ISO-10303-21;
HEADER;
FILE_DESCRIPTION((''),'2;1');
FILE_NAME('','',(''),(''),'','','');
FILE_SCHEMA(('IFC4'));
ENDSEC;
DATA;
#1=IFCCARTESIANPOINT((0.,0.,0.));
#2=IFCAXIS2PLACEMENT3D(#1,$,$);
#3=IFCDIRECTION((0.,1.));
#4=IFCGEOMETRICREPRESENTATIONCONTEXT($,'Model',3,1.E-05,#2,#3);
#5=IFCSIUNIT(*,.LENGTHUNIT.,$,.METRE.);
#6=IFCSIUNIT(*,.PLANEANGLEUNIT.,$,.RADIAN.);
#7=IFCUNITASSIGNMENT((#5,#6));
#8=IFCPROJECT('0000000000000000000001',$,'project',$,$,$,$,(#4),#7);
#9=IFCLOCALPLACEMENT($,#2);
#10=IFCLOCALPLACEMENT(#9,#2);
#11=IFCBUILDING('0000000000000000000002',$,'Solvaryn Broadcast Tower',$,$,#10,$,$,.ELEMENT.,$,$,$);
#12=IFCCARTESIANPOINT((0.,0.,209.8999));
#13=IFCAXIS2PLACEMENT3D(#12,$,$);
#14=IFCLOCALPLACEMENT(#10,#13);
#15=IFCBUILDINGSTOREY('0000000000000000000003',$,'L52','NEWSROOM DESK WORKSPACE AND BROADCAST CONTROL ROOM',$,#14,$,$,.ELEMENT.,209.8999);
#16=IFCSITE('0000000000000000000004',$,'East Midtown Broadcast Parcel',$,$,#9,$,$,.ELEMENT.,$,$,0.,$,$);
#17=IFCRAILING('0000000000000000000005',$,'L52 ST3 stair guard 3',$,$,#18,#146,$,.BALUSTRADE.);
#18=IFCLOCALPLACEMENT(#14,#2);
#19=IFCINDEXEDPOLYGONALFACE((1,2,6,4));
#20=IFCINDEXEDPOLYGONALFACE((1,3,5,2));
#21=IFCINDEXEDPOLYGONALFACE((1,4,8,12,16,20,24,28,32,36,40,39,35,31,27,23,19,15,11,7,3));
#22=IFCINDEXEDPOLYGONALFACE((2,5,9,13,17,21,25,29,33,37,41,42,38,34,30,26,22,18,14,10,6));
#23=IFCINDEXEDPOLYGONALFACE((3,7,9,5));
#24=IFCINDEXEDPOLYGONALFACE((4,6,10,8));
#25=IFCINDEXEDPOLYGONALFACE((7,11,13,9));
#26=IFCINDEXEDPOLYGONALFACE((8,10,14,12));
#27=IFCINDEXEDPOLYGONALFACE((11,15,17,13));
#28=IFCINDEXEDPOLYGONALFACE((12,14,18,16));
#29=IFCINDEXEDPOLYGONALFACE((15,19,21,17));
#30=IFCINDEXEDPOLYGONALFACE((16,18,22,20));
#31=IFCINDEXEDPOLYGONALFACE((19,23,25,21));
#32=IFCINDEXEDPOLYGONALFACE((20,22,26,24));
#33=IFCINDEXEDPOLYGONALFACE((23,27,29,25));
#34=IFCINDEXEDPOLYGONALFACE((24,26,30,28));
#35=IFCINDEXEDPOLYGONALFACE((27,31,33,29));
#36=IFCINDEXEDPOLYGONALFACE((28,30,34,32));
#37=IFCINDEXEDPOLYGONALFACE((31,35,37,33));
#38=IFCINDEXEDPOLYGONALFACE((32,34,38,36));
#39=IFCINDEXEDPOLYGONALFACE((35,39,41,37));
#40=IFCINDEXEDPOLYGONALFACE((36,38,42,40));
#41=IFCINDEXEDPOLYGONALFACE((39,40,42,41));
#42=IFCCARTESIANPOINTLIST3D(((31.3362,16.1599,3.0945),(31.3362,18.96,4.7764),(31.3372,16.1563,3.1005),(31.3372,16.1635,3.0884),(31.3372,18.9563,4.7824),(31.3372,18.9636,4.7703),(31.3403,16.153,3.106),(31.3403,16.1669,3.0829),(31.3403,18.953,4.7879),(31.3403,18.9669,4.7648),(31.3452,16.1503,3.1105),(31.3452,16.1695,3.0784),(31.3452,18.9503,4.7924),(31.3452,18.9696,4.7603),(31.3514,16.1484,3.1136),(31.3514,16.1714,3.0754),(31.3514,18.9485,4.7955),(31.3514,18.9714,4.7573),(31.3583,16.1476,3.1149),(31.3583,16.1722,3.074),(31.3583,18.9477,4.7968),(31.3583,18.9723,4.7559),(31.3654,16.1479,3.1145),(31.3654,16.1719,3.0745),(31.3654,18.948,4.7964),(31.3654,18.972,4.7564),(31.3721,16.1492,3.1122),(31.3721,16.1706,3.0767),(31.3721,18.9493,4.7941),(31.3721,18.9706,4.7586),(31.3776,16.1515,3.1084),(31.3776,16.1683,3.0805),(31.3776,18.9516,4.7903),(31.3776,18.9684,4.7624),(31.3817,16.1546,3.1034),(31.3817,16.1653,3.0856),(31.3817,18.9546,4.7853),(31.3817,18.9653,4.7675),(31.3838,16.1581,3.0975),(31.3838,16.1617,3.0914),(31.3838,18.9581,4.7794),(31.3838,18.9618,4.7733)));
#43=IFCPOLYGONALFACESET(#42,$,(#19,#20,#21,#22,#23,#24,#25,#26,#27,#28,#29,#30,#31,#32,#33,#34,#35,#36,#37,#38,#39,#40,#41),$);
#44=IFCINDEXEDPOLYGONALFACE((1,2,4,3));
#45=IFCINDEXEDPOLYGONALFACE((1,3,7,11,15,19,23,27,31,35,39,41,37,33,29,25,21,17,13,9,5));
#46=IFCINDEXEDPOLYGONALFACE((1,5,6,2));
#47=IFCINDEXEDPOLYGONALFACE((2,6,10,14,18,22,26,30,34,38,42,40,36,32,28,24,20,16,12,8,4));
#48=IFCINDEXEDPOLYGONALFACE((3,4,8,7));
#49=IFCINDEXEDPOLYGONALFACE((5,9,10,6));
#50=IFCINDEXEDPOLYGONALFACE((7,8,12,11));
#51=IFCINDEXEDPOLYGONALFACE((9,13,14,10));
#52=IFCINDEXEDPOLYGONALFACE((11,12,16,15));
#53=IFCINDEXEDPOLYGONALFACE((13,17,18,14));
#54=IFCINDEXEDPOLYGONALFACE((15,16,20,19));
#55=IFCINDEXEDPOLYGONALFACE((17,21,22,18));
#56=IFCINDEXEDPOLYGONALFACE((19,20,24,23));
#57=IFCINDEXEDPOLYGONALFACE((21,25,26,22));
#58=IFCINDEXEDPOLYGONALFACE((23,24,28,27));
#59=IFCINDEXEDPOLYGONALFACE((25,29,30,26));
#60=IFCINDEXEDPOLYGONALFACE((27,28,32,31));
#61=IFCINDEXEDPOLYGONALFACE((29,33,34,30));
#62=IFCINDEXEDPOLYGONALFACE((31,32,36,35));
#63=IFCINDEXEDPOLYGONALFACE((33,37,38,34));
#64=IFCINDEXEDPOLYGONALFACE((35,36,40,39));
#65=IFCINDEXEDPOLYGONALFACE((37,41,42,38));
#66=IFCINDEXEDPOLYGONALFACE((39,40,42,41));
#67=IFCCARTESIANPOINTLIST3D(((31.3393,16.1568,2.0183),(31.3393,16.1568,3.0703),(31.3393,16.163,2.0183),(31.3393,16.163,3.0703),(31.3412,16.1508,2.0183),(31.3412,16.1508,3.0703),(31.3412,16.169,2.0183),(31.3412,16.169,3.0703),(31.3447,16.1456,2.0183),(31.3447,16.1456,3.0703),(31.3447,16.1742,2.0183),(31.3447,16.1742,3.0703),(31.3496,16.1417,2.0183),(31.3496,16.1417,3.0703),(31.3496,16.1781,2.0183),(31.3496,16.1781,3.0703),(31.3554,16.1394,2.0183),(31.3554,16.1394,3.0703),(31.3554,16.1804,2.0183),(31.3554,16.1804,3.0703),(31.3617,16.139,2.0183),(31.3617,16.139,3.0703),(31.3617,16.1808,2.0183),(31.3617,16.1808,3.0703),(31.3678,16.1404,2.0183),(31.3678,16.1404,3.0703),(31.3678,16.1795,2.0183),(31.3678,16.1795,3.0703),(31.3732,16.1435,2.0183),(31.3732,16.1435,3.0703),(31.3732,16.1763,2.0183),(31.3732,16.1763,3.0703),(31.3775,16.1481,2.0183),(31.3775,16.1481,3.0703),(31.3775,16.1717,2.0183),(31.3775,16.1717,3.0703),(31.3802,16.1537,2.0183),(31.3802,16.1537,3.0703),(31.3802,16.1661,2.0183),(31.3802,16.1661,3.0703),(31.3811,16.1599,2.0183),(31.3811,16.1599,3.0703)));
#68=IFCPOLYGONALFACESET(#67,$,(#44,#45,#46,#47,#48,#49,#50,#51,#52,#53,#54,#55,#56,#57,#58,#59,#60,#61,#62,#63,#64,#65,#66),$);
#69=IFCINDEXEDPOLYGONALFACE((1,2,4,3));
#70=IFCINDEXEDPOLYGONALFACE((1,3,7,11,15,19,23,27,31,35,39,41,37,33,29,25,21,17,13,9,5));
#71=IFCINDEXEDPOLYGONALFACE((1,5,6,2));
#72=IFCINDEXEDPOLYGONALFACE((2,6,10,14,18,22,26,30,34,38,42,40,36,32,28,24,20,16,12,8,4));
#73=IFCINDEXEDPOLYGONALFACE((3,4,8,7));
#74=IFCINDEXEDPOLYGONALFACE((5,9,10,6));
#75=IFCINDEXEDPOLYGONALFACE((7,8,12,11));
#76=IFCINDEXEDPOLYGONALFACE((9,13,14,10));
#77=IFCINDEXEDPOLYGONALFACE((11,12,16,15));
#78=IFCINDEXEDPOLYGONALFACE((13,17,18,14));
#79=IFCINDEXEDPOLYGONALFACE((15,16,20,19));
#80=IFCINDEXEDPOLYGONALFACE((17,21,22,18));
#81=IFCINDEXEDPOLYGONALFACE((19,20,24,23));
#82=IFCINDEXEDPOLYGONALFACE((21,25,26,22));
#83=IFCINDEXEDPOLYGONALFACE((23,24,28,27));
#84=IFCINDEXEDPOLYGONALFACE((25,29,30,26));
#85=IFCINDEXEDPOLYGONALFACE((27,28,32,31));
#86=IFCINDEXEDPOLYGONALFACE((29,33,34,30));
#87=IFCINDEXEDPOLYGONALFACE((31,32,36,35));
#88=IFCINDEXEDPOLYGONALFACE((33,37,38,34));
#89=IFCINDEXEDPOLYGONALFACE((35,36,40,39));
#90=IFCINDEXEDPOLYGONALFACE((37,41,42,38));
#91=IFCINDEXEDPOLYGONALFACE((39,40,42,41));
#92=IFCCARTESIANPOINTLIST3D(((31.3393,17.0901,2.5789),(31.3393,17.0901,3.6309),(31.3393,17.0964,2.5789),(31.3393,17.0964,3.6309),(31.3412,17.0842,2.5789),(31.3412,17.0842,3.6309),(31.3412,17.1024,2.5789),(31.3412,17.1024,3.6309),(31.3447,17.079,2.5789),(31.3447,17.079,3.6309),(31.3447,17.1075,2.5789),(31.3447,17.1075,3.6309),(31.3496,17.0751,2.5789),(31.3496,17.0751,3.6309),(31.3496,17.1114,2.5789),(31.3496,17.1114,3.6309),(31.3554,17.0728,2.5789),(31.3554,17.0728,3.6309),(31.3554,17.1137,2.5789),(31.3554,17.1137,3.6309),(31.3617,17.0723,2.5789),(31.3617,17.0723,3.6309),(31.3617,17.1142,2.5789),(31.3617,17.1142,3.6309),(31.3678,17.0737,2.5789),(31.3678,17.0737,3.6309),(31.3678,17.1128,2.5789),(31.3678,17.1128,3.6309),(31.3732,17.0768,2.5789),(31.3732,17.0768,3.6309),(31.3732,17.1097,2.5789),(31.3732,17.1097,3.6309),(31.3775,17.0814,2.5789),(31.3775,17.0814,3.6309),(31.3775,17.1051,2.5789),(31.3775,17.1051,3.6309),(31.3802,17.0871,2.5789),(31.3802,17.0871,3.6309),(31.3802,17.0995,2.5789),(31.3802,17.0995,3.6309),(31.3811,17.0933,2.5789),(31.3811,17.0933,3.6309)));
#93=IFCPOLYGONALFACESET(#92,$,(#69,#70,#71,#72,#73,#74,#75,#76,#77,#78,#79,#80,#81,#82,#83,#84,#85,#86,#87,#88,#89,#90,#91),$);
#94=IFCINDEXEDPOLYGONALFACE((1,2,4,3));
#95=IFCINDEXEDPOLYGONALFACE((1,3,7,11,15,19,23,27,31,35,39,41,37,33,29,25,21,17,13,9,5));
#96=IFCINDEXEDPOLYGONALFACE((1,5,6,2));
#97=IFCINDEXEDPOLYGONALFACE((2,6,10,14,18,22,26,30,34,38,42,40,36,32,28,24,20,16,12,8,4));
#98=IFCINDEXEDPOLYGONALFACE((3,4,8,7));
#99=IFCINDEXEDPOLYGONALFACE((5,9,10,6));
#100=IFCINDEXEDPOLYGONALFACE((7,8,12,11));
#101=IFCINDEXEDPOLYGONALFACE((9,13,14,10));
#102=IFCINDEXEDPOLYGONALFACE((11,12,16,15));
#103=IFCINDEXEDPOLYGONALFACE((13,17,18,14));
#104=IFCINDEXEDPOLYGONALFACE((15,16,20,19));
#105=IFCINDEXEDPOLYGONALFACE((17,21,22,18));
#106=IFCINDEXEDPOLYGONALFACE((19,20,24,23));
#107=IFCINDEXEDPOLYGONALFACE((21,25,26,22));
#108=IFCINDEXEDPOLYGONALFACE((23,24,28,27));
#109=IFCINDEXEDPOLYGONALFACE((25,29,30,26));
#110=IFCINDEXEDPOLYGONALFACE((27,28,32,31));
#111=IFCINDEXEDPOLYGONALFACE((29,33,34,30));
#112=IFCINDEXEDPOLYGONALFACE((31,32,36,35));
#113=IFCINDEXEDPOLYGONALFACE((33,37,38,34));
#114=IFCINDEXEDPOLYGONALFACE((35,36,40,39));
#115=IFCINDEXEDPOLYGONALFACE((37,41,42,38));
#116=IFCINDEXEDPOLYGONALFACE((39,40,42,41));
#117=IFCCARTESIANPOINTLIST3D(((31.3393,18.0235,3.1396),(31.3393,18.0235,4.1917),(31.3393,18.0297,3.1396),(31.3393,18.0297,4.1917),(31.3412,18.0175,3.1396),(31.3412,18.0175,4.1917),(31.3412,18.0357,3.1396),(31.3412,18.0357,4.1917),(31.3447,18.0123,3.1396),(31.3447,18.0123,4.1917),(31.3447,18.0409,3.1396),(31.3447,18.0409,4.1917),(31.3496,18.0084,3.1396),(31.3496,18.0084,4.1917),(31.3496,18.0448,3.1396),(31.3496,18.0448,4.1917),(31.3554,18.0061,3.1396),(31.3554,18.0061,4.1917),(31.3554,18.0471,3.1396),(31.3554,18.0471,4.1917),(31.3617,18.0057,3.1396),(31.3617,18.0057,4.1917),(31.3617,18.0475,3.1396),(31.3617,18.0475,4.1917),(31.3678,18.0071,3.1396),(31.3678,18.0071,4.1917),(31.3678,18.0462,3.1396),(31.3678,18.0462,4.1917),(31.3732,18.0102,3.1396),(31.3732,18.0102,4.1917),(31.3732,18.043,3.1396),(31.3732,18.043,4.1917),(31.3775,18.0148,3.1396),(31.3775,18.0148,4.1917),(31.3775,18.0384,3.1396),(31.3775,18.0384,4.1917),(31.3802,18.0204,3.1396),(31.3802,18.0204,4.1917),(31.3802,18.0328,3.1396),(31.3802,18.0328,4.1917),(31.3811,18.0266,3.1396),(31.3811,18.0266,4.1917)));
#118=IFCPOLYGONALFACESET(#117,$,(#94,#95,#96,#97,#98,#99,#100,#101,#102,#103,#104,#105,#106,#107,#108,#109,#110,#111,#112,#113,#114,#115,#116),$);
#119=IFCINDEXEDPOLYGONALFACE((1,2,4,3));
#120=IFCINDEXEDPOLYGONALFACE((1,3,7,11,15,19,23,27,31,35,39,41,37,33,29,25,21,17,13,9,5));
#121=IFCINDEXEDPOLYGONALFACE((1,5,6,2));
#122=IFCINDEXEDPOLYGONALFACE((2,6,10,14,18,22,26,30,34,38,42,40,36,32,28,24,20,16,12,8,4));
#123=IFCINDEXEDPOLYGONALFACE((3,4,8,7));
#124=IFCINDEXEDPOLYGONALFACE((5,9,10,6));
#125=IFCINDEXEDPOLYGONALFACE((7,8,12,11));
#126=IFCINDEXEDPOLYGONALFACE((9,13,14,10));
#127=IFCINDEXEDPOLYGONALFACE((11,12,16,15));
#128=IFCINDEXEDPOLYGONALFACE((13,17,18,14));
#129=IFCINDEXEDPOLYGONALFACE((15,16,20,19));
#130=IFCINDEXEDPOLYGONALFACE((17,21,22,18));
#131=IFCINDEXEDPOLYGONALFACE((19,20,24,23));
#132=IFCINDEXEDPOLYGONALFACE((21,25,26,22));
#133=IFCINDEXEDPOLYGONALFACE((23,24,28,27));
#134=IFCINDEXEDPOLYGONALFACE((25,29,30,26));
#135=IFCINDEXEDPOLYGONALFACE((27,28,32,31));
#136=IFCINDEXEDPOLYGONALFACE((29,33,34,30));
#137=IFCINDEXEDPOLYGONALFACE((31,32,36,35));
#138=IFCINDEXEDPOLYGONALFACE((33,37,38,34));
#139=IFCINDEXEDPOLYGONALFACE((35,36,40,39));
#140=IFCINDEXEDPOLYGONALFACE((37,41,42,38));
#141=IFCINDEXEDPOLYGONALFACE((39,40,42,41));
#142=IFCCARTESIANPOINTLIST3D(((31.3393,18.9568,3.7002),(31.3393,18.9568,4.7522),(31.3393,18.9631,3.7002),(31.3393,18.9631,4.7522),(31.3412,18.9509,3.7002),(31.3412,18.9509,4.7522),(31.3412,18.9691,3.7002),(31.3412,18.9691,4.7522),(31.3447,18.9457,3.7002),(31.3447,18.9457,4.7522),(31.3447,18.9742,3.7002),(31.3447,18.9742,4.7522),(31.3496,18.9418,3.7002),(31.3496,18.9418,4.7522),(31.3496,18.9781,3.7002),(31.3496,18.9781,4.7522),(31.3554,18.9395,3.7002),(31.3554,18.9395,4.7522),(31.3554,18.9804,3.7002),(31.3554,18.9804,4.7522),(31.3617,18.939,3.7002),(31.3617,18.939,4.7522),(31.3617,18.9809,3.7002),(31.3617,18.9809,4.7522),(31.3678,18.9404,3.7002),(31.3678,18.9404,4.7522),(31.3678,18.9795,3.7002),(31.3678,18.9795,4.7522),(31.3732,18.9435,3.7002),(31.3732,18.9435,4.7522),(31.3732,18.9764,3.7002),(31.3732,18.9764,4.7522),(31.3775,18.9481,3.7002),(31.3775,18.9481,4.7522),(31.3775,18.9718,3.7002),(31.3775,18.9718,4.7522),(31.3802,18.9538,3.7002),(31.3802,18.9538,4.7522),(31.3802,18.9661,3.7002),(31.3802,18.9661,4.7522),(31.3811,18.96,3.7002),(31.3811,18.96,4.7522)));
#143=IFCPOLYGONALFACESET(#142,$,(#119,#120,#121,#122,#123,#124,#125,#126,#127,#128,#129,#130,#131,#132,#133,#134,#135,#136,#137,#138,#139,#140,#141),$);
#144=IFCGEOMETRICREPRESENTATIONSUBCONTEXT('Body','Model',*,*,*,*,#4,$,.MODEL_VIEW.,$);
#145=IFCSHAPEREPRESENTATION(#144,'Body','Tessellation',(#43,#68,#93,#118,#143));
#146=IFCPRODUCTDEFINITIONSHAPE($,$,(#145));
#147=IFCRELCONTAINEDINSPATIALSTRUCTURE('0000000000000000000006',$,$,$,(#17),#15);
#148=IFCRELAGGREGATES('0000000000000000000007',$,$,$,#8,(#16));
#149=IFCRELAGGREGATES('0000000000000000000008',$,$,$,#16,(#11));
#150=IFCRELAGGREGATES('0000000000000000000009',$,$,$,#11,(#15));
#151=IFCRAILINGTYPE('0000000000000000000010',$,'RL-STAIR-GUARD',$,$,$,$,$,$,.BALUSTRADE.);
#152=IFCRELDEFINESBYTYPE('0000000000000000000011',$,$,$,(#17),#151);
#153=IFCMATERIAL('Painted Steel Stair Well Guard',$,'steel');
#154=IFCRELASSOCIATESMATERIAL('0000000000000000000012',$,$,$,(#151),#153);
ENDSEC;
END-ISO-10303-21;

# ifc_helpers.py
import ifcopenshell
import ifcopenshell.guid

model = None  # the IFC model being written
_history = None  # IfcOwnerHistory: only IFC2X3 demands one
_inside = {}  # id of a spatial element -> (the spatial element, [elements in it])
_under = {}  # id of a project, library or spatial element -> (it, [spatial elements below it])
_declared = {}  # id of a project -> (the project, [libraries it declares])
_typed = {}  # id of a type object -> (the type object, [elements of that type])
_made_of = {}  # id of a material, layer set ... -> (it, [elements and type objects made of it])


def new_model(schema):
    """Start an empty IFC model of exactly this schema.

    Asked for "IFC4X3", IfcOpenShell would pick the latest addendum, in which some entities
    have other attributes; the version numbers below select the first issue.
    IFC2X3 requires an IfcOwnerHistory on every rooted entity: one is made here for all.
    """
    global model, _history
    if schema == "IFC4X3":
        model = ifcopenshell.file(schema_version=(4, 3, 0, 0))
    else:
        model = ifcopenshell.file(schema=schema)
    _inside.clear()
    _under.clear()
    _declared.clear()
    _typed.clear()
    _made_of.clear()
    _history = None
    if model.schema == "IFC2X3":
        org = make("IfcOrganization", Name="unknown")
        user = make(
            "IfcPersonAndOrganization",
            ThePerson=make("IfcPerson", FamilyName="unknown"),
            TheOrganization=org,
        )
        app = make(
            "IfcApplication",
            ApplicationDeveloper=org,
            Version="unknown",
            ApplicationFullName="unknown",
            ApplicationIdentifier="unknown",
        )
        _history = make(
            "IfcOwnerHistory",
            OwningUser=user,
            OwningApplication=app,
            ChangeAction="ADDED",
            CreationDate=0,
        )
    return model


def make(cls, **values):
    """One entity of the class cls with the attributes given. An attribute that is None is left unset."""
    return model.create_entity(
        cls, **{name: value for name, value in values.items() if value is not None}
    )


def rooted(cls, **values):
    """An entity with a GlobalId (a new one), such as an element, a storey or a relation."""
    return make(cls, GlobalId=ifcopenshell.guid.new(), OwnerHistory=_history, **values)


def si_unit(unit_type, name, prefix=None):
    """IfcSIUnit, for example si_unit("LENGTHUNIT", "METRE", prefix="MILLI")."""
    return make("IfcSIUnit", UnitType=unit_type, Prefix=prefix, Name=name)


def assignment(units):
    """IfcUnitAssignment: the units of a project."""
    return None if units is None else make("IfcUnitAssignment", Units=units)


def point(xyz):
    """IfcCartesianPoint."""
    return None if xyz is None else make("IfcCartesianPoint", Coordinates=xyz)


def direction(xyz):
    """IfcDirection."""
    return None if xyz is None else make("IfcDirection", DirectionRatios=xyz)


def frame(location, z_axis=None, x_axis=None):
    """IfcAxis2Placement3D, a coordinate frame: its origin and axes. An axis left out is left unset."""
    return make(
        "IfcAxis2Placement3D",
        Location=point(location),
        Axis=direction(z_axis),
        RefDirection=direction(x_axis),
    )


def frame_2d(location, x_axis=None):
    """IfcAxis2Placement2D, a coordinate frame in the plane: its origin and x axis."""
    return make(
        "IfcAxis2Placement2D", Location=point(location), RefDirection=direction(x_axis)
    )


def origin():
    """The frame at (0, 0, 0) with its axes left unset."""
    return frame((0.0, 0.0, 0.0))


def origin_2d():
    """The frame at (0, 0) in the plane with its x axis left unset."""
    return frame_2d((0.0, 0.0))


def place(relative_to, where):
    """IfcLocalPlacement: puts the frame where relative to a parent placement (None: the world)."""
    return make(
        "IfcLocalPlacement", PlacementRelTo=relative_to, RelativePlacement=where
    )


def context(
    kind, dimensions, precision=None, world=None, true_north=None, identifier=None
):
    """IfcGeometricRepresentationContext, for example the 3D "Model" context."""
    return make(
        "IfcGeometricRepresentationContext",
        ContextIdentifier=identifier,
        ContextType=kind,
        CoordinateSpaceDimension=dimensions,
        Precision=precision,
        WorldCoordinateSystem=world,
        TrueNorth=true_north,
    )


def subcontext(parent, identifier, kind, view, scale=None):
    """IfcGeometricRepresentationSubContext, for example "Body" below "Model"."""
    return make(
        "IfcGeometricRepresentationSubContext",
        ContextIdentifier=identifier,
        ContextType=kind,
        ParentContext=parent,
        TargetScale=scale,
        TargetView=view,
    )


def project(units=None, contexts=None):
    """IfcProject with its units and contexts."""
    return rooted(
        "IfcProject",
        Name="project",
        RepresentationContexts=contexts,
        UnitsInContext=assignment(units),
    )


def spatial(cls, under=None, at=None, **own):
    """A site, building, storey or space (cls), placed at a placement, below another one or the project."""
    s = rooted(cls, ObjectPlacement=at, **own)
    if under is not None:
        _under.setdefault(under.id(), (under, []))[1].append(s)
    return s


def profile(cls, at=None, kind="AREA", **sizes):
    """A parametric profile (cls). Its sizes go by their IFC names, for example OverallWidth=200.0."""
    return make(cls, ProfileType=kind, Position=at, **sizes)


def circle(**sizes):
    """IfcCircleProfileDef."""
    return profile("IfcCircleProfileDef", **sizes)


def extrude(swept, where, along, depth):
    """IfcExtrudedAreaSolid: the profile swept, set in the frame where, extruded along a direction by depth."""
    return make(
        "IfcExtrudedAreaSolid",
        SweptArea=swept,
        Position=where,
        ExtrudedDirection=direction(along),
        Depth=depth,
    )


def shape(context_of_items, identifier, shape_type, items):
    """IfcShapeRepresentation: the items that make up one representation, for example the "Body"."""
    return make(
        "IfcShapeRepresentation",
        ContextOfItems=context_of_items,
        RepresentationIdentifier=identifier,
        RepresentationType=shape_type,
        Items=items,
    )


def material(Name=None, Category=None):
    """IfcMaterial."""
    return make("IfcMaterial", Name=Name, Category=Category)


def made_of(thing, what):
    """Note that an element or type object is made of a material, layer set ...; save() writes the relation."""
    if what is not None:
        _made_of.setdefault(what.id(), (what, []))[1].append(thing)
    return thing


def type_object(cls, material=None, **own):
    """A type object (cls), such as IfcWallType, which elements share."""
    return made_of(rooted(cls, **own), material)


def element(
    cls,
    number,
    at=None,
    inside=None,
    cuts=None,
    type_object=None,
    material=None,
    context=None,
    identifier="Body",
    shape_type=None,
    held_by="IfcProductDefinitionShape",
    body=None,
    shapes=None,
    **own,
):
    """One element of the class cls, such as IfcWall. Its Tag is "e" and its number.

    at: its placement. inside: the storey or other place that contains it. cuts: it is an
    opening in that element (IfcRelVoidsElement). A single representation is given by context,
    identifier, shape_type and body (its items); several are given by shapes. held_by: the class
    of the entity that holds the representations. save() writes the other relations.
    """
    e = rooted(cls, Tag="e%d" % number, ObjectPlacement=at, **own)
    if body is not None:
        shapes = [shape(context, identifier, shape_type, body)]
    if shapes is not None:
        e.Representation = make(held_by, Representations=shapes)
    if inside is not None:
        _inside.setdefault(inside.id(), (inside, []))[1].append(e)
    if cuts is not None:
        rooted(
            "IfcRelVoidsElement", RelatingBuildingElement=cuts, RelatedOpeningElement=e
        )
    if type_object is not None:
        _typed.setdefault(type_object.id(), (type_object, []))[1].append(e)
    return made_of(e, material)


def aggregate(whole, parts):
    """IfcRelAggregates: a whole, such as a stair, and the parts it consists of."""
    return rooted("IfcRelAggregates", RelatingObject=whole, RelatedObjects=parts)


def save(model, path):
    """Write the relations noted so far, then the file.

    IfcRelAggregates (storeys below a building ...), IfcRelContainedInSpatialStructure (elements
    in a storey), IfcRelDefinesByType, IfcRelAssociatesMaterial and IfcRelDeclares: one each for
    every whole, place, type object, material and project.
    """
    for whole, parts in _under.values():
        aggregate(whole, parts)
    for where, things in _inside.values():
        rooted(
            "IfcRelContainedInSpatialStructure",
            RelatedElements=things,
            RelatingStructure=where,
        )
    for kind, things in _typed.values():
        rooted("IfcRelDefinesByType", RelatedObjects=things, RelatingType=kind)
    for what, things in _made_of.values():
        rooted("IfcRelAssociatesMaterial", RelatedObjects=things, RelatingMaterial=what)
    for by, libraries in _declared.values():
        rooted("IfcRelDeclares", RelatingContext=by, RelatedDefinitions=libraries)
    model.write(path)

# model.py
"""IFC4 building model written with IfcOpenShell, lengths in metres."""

from ifc_helpers import new_model, si_unit, direction, frame, origin, origin_2d, place, context, subcontext, project, spatial, circle, extrude, material, type_object, element, save


model = new_model("IFC4")

# Units and contexts
model_context = context("Model", 3, precision=1e-05, world=origin(), true_north=direction((0.0, 1.0)))
body_context = subcontext(model_context, "Body", "Model", "MODEL_VIEW")
ifc_project = project(units=[si_unit("LENGTHUNIT", "METRE"), si_unit("PLANEANGLEUNIT", "RADIAN")], contexts=[model_context])

# Site, building, storey
site_placement = place(None, origin())
site = spatial("IfcSite", under=ifc_project, at=site_placement, Name="East Midtown Broadcast Parcel", CompositionType="ELEMENT", RefElevation=0.0)
building_placement = place(site_placement, origin())
building = spatial("IfcBuilding", under=site, at=building_placement, Name="Solvaryn Broadcast Tower", CompositionType="ELEMENT")
storey_placement = place(building_placement, frame((0.0, 0.0, 209.8999)))
storey = spatial("IfcBuildingStorey", under=building, at=storey_placement, Name="L52", Description="NEWSROOM DESK WORKSPACE AND BROADCAST CONTROL ROOM", CompositionType="ELEMENT", Elevation=209.8999)

# Railing
ifc_material_1 = material(Name="Painted Steel Stair Well Guard", Category="steel")
railing_type_1 = type_object("IfcRailingType", Name="RL-STAIR-GUARD", PredefinedType="BALUSTRADE", material=ifc_material_1)
railing_1_placement = place(storey_placement, frame((31.3601, 16.1599, 2.0183)))
element("IfcRailing", 1, at=railing_1_placement, inside=storey, type_object=railing_type_1, Name="L52 ST3 stair guard 3", PredefinedType="BALUSTRADE", context=body_context, shape_type="SweptSolid", body=[
    extrude(circle(Radius=0.0239, at=origin_2d()), frame((0.0, 0.0, 1.0762), z_axis=(0.0, 0.857242, 0.514913), x_axis=(-1.0, 0.0, 0.0)), (0.0, 0.0, 1.0), 3.2664),
    extrude(circle(Radius=0.021, at=origin_2d()), origin(), (0.0, 0.0, 1.0), 1.052),
    extrude(circle(Radius=0.021, at=origin_2d()), frame((0.0, 0.9333, 0.5605)), (0.0, 0.0, 1.0), 1.052),
    extrude(circle(Radius=0.021, at=origin_2d()), frame((0.0, 1.8667, 1.1213)), (0.0, 0.0, 1.0), 1.052),
    extrude(circle(Radius=0.021, at=origin_2d()), frame((0.0, 2.8, 1.6819)), (0.0, 0.0, 1.0), 1.052),
])

save(model, "model.ifc")
